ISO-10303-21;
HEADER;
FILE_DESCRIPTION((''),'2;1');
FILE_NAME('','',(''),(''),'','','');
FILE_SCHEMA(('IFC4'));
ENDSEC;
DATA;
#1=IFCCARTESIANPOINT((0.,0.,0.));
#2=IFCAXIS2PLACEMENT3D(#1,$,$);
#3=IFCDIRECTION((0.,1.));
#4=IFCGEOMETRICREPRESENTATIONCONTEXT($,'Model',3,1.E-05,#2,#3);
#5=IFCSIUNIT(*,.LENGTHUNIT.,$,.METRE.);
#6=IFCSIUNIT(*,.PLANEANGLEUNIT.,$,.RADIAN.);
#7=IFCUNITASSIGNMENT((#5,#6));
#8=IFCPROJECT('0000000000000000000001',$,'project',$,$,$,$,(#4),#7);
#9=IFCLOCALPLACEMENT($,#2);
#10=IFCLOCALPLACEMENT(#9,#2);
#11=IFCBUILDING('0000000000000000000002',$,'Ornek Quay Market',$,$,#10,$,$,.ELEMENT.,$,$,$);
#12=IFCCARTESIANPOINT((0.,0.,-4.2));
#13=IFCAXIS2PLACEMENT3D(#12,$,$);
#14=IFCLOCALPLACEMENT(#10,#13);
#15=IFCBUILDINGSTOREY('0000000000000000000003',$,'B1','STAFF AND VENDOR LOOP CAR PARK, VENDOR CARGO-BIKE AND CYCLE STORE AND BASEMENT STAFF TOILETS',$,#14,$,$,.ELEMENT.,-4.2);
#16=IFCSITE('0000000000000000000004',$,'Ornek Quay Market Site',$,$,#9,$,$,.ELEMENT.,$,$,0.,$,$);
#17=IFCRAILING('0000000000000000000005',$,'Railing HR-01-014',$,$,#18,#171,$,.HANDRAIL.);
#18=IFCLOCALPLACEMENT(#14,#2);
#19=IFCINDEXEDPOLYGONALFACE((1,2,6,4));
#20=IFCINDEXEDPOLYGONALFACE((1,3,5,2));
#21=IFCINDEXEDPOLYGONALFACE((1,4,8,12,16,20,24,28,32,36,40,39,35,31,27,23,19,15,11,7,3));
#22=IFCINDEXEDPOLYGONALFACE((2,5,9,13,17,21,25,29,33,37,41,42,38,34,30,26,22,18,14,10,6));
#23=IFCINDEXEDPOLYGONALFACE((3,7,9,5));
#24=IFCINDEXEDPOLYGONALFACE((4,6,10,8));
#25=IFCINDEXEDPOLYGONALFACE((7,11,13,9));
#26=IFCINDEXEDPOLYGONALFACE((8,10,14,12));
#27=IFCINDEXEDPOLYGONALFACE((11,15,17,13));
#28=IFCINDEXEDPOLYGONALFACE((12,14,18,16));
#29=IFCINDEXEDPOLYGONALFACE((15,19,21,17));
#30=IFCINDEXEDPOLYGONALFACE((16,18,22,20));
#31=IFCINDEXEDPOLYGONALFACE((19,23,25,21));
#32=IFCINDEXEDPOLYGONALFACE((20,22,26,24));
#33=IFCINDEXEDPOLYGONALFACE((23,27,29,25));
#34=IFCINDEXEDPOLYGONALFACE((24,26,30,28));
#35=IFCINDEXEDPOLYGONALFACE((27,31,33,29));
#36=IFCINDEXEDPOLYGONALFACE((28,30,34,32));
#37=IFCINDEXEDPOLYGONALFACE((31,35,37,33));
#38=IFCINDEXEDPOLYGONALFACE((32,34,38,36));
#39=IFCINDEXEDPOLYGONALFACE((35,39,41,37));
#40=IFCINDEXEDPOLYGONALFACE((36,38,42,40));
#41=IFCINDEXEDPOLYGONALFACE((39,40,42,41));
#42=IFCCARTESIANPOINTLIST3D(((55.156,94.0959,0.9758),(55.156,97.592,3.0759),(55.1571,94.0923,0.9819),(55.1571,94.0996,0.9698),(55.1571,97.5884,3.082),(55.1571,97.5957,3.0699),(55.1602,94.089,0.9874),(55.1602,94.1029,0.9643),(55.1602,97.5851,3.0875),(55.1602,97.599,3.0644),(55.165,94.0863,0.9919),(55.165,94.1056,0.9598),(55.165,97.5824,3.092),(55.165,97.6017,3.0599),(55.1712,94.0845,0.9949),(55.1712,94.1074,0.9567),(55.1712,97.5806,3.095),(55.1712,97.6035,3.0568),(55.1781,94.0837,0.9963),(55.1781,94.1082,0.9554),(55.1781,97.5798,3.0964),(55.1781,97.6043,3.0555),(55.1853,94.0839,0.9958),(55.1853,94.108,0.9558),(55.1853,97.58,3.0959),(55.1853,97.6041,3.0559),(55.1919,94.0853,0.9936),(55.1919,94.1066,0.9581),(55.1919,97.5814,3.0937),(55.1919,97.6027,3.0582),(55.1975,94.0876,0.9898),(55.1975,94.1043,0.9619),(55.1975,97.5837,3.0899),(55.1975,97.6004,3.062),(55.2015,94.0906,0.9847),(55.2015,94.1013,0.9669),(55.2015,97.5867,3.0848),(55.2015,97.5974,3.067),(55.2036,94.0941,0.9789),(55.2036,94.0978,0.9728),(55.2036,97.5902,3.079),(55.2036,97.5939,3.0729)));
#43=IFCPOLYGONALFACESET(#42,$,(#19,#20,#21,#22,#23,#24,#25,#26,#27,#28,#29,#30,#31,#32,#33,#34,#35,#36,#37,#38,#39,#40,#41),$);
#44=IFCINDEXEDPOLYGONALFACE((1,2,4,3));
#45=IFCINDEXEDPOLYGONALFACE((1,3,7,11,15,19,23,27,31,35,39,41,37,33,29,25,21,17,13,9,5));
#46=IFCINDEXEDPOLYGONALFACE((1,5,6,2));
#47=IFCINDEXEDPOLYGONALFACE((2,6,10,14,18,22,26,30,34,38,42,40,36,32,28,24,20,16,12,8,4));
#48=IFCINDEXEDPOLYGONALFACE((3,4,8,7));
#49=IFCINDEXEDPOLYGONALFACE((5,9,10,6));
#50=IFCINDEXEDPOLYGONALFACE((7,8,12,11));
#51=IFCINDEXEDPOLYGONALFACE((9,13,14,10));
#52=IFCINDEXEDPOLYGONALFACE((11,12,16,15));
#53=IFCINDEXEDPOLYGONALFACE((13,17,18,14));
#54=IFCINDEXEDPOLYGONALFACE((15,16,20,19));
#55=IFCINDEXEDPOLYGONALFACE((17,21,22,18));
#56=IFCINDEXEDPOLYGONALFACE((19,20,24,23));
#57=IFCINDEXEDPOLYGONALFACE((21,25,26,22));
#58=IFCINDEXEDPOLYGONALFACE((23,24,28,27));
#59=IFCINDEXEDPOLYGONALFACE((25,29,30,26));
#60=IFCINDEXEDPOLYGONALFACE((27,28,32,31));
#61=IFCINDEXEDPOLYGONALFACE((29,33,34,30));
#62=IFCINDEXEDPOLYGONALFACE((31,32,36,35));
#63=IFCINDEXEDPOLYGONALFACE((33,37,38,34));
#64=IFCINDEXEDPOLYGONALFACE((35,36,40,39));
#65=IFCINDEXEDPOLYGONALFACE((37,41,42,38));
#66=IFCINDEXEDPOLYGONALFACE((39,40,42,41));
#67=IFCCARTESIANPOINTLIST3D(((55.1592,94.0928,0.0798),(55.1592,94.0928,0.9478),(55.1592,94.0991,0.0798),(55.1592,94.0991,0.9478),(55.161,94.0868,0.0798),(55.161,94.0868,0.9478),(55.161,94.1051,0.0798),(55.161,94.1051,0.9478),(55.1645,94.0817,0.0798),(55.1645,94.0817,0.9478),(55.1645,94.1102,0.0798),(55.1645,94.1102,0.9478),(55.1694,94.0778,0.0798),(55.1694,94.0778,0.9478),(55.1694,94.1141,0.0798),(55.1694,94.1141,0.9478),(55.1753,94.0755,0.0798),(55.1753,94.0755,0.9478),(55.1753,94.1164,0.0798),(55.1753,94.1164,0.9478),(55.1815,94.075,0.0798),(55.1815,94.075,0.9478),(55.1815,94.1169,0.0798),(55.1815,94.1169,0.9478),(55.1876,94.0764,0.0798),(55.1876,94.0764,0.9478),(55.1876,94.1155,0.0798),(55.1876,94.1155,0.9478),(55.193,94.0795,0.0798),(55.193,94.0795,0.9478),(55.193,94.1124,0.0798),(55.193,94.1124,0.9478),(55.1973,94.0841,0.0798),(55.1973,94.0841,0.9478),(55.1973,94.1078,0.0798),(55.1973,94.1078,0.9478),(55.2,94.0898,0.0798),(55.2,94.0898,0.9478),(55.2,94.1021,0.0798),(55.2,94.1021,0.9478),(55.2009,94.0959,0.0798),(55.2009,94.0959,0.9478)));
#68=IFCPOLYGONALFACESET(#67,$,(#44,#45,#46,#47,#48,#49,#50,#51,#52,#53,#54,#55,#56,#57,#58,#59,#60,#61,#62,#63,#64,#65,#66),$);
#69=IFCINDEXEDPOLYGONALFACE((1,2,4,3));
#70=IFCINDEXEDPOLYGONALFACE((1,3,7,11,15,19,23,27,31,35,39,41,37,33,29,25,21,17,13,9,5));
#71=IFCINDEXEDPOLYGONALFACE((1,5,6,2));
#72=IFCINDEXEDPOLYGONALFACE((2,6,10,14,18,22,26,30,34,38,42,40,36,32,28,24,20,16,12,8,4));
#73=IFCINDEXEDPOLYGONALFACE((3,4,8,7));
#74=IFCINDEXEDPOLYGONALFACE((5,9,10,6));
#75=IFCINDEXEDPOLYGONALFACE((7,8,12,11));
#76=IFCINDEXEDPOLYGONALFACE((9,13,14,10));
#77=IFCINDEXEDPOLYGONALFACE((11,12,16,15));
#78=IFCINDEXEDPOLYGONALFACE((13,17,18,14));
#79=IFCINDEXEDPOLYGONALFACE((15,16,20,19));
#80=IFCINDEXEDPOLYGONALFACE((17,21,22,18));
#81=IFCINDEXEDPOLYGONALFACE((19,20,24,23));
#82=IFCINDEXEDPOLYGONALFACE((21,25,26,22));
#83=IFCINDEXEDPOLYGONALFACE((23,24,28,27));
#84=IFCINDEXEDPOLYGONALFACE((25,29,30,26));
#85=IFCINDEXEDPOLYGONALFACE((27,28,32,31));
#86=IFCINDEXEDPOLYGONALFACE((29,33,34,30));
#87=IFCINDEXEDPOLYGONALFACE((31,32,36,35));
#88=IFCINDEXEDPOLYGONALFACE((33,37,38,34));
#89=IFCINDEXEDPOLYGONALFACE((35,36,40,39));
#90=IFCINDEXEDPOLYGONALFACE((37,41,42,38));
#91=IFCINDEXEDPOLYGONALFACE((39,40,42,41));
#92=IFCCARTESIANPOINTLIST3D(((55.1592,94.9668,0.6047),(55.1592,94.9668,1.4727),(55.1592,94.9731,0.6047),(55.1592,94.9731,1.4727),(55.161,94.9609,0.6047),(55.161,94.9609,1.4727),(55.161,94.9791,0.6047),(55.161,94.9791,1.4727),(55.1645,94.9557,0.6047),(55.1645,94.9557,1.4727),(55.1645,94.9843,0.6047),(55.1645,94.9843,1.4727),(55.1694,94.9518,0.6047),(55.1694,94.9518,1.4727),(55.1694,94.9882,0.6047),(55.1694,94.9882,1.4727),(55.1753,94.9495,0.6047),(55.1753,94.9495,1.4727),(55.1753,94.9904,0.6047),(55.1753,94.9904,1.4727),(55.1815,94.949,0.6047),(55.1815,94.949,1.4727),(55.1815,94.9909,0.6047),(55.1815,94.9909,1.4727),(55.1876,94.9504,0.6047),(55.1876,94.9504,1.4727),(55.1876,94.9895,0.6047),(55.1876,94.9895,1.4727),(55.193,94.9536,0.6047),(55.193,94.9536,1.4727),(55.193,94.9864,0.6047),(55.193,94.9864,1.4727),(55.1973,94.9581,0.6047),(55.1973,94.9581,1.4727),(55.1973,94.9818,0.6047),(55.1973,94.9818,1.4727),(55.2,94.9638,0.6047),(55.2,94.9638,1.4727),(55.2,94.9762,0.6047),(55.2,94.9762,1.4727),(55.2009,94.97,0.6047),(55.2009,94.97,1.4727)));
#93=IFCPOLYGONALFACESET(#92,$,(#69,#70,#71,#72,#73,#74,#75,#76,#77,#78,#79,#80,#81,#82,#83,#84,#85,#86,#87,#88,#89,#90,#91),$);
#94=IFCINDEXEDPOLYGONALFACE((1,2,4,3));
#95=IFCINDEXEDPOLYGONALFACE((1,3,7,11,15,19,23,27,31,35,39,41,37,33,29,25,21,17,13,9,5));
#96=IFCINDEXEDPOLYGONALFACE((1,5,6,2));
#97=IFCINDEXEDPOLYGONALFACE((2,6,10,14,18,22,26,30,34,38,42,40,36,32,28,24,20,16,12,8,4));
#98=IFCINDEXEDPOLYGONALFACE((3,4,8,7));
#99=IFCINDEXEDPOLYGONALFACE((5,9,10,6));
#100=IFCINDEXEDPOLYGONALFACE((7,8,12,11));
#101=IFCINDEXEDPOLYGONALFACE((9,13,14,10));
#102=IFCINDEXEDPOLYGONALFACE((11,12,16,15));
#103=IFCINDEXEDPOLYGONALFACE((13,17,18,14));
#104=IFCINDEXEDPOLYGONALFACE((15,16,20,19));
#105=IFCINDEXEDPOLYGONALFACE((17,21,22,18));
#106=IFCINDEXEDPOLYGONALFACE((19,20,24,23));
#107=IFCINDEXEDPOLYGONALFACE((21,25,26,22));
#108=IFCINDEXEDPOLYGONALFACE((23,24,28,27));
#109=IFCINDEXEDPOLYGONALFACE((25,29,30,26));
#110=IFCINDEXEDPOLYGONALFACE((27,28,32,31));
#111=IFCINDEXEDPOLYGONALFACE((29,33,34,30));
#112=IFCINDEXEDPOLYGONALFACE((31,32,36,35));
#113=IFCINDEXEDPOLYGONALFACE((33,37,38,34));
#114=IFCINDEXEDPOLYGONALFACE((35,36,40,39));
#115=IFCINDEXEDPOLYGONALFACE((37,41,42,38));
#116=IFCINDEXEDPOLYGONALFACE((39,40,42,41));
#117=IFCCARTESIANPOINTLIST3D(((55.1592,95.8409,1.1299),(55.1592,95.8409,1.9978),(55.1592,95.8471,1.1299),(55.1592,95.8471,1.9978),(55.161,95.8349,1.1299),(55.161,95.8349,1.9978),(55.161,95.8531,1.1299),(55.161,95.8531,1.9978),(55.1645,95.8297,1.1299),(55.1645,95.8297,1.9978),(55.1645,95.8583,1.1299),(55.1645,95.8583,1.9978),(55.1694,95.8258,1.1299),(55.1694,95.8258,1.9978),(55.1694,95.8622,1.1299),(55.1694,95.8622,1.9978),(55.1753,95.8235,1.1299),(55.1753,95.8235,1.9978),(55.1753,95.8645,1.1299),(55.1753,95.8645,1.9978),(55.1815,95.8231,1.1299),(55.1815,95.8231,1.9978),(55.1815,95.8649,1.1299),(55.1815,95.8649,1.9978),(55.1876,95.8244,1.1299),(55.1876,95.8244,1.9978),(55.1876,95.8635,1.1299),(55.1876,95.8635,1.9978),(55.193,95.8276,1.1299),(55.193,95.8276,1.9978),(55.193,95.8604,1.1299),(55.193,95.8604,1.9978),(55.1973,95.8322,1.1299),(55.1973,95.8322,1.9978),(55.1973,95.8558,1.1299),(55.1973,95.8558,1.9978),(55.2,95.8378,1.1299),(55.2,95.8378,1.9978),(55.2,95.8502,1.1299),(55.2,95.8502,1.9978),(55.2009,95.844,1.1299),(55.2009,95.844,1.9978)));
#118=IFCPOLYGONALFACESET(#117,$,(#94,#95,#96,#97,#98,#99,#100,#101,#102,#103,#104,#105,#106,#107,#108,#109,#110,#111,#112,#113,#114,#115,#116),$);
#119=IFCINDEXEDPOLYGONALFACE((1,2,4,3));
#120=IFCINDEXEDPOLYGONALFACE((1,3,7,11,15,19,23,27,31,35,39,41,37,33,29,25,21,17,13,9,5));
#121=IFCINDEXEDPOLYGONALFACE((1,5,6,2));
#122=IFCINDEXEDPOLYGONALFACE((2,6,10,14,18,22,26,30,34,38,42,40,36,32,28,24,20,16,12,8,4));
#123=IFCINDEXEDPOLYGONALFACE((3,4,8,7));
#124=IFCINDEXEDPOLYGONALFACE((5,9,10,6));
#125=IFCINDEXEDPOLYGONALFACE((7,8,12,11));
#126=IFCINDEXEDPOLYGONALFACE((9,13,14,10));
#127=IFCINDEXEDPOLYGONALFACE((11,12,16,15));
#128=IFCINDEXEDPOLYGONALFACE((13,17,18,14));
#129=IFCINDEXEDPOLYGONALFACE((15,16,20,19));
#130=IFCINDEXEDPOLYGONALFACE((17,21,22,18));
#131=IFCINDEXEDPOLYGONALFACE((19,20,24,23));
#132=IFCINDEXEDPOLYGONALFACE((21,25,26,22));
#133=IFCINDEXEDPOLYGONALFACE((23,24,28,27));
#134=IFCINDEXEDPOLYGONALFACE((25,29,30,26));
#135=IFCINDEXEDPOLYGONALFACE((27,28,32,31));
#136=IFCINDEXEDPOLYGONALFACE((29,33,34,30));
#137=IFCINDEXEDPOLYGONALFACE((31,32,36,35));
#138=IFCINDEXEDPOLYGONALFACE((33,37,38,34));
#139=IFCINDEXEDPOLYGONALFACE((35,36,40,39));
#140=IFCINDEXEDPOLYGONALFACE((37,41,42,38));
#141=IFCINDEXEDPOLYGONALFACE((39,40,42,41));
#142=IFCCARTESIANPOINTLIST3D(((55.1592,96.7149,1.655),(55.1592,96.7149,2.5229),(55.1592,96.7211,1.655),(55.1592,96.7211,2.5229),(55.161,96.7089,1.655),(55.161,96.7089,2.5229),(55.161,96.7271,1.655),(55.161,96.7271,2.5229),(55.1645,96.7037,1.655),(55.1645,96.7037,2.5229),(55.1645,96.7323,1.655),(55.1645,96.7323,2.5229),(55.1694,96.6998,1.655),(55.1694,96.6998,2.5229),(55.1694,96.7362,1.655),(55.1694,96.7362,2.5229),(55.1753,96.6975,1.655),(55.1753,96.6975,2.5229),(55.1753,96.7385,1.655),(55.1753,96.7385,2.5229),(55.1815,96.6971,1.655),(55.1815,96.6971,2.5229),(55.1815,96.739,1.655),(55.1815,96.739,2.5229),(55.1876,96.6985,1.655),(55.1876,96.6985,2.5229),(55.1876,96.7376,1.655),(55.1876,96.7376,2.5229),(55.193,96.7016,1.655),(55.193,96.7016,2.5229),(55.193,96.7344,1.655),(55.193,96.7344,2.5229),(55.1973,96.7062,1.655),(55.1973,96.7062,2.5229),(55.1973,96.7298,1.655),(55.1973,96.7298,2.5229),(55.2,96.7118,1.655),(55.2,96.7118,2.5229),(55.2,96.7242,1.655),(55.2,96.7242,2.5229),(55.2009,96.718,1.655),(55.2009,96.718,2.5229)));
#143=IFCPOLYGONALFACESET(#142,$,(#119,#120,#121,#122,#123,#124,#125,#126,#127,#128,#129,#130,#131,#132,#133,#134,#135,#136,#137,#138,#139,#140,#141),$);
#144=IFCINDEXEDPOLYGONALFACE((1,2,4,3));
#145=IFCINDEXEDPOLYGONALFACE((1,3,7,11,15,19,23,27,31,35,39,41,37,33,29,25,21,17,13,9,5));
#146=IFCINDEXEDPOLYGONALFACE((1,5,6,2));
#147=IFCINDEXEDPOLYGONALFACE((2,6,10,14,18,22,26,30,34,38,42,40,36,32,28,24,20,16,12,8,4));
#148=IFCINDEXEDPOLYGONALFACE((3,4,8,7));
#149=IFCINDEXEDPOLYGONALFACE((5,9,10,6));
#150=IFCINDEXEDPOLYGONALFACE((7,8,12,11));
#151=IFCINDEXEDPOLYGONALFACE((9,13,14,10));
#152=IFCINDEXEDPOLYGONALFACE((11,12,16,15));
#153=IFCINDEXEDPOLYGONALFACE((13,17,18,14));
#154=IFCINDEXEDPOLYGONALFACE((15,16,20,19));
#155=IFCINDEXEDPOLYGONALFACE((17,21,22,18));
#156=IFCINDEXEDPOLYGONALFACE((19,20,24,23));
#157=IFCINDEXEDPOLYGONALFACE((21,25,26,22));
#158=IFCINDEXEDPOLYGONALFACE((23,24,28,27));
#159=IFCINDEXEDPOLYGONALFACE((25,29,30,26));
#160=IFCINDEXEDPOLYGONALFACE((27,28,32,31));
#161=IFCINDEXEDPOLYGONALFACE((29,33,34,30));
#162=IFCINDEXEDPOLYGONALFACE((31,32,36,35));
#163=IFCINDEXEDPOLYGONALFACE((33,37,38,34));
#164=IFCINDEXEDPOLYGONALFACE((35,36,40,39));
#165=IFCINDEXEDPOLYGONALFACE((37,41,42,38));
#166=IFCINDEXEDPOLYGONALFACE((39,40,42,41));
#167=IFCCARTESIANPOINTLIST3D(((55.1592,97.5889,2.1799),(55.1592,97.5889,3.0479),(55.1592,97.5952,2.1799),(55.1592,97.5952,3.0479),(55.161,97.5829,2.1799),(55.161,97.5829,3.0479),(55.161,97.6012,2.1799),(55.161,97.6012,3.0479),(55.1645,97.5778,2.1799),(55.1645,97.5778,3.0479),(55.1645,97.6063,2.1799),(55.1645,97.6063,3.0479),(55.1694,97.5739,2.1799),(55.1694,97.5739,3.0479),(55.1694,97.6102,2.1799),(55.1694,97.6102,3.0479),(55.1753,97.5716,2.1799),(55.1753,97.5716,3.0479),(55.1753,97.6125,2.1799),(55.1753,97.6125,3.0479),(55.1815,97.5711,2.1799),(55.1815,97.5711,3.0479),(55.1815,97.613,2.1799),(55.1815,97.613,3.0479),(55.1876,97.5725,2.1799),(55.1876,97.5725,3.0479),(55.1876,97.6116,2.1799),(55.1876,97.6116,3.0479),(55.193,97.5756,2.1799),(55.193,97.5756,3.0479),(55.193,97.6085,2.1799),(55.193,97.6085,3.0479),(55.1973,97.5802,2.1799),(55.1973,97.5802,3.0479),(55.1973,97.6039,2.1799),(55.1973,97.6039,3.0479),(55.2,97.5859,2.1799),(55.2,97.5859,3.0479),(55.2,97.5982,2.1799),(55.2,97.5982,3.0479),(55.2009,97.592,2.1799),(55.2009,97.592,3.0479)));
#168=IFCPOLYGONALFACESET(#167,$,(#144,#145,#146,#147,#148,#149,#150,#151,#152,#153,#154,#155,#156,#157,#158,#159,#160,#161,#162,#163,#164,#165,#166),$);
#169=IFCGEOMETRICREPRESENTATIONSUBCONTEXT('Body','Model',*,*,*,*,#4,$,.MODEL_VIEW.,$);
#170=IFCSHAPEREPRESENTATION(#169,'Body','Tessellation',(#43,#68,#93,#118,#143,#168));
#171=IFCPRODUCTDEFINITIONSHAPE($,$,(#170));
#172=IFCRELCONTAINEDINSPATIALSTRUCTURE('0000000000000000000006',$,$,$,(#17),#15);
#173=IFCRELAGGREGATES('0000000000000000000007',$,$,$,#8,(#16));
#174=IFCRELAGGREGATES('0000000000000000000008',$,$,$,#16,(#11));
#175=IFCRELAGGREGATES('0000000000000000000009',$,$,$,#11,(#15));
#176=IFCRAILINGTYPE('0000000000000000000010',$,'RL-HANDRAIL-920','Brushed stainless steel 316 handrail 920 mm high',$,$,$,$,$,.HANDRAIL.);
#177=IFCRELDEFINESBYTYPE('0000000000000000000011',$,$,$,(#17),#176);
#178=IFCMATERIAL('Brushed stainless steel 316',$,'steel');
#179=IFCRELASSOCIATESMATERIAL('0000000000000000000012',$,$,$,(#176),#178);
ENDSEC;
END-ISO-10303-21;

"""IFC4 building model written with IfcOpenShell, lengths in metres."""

from ifc_helpers import new_model, si_unit, direction, frame, origin, origin_2d, place, context, subcontext, project, spatial, circle, extrude, material, type_object, element, save


model = new_model("IFC4")

# Units and contexts
model_context = context("Model", 3, precision=1e-05, world=origin(), true_north=direction((0.0, 1.0)))
body_context = subcontext(model_context, "Body", "Model", "MODEL_VIEW")
ifc_project = project(units=[si_unit("LENGTHUNIT", "METRE"), si_unit("PLANEANGLEUNIT", "RADIAN")], contexts=[model_context])

# Site, building, storey
site_placement = place(None, origin())
site = spatial("IfcSite", under=ifc_project, at=site_placement, Name="Ornek Quay Market Site", CompositionType="ELEMENT", RefElevation=0.0)
building_placement = place(site_placement, origin())
building = spatial("IfcBuilding", under=site, at=building_placement, Name="Ornek Quay Market", CompositionType="ELEMENT")
storey_placement = place(building_placement, frame((0.0, 0.0, -4.2)))
storey = spatial("IfcBuildingStorey", under=building, at=storey_placement, Name="B1", Description="STAFF AND VENDOR LOOP CAR PARK, VENDOR CARGO-BIKE AND CYCLE STORE AND BASEMENT STAFF TOILETS", CompositionType="ELEMENT", Elevation=-4.2)

# Railing
ifc_material_1 = material(Name="Brushed stainless steel 316", Category="steel")
railing_type_1 = type_object("IfcRailingType", Name="RL-HANDRAIL-920", Description="Brushed stainless steel 316 handrail 920 mm high", PredefinedType="HANDRAIL", material=ifc_material_1)
railing_1_placement = place(storey_placement, frame((55.1799, 94.0959, 0.0798)))
element("IfcRailing", 1, at=railing_1_placement, inside=storey, type_object=railing_type_1, Name="Railing HR-01-014", PredefinedType="HANDRAIL", context=body_context, shape_type="SweptSolid", body=[
    extrude(circle(Radius=0.0239, at=origin_2d()), frame((0.0, 0.0, 0.896), z_axis=(0.0, 0.857229, 0.514936), x_axis=(-1.0, 0.0, 0.0)), (0.0, 0.0, 1.0), 4.0784),
    extrude(circle(Radius=0.021, at=origin_2d()), origin(), (0.0, 0.0, 1.0), 0.8679),
    extrude(circle(Radius=0.021, at=origin_2d()), frame((0.0, 0.874, 0.5249)), (0.0, 0.0, 1.0), 0.8679),
    extrude(circle(Radius=0.021, at=origin_2d()), frame((0.0, 1.748, 1.05)), (0.0, 0.0, 1.0), 0.8679),
    extrude(circle(Radius=0.021, at=origin_2d()), frame((0.0, 2.6221, 1.5752)), (0.0, 0.0, 1.0), 0.8679),
    extrude(circle(Radius=0.021, at=origin_2d()), frame((0.0, 3.4961, 2.1001)), (0.0, 0.0, 1.0), 0.8679),
])

save(model, "model.ifc")
